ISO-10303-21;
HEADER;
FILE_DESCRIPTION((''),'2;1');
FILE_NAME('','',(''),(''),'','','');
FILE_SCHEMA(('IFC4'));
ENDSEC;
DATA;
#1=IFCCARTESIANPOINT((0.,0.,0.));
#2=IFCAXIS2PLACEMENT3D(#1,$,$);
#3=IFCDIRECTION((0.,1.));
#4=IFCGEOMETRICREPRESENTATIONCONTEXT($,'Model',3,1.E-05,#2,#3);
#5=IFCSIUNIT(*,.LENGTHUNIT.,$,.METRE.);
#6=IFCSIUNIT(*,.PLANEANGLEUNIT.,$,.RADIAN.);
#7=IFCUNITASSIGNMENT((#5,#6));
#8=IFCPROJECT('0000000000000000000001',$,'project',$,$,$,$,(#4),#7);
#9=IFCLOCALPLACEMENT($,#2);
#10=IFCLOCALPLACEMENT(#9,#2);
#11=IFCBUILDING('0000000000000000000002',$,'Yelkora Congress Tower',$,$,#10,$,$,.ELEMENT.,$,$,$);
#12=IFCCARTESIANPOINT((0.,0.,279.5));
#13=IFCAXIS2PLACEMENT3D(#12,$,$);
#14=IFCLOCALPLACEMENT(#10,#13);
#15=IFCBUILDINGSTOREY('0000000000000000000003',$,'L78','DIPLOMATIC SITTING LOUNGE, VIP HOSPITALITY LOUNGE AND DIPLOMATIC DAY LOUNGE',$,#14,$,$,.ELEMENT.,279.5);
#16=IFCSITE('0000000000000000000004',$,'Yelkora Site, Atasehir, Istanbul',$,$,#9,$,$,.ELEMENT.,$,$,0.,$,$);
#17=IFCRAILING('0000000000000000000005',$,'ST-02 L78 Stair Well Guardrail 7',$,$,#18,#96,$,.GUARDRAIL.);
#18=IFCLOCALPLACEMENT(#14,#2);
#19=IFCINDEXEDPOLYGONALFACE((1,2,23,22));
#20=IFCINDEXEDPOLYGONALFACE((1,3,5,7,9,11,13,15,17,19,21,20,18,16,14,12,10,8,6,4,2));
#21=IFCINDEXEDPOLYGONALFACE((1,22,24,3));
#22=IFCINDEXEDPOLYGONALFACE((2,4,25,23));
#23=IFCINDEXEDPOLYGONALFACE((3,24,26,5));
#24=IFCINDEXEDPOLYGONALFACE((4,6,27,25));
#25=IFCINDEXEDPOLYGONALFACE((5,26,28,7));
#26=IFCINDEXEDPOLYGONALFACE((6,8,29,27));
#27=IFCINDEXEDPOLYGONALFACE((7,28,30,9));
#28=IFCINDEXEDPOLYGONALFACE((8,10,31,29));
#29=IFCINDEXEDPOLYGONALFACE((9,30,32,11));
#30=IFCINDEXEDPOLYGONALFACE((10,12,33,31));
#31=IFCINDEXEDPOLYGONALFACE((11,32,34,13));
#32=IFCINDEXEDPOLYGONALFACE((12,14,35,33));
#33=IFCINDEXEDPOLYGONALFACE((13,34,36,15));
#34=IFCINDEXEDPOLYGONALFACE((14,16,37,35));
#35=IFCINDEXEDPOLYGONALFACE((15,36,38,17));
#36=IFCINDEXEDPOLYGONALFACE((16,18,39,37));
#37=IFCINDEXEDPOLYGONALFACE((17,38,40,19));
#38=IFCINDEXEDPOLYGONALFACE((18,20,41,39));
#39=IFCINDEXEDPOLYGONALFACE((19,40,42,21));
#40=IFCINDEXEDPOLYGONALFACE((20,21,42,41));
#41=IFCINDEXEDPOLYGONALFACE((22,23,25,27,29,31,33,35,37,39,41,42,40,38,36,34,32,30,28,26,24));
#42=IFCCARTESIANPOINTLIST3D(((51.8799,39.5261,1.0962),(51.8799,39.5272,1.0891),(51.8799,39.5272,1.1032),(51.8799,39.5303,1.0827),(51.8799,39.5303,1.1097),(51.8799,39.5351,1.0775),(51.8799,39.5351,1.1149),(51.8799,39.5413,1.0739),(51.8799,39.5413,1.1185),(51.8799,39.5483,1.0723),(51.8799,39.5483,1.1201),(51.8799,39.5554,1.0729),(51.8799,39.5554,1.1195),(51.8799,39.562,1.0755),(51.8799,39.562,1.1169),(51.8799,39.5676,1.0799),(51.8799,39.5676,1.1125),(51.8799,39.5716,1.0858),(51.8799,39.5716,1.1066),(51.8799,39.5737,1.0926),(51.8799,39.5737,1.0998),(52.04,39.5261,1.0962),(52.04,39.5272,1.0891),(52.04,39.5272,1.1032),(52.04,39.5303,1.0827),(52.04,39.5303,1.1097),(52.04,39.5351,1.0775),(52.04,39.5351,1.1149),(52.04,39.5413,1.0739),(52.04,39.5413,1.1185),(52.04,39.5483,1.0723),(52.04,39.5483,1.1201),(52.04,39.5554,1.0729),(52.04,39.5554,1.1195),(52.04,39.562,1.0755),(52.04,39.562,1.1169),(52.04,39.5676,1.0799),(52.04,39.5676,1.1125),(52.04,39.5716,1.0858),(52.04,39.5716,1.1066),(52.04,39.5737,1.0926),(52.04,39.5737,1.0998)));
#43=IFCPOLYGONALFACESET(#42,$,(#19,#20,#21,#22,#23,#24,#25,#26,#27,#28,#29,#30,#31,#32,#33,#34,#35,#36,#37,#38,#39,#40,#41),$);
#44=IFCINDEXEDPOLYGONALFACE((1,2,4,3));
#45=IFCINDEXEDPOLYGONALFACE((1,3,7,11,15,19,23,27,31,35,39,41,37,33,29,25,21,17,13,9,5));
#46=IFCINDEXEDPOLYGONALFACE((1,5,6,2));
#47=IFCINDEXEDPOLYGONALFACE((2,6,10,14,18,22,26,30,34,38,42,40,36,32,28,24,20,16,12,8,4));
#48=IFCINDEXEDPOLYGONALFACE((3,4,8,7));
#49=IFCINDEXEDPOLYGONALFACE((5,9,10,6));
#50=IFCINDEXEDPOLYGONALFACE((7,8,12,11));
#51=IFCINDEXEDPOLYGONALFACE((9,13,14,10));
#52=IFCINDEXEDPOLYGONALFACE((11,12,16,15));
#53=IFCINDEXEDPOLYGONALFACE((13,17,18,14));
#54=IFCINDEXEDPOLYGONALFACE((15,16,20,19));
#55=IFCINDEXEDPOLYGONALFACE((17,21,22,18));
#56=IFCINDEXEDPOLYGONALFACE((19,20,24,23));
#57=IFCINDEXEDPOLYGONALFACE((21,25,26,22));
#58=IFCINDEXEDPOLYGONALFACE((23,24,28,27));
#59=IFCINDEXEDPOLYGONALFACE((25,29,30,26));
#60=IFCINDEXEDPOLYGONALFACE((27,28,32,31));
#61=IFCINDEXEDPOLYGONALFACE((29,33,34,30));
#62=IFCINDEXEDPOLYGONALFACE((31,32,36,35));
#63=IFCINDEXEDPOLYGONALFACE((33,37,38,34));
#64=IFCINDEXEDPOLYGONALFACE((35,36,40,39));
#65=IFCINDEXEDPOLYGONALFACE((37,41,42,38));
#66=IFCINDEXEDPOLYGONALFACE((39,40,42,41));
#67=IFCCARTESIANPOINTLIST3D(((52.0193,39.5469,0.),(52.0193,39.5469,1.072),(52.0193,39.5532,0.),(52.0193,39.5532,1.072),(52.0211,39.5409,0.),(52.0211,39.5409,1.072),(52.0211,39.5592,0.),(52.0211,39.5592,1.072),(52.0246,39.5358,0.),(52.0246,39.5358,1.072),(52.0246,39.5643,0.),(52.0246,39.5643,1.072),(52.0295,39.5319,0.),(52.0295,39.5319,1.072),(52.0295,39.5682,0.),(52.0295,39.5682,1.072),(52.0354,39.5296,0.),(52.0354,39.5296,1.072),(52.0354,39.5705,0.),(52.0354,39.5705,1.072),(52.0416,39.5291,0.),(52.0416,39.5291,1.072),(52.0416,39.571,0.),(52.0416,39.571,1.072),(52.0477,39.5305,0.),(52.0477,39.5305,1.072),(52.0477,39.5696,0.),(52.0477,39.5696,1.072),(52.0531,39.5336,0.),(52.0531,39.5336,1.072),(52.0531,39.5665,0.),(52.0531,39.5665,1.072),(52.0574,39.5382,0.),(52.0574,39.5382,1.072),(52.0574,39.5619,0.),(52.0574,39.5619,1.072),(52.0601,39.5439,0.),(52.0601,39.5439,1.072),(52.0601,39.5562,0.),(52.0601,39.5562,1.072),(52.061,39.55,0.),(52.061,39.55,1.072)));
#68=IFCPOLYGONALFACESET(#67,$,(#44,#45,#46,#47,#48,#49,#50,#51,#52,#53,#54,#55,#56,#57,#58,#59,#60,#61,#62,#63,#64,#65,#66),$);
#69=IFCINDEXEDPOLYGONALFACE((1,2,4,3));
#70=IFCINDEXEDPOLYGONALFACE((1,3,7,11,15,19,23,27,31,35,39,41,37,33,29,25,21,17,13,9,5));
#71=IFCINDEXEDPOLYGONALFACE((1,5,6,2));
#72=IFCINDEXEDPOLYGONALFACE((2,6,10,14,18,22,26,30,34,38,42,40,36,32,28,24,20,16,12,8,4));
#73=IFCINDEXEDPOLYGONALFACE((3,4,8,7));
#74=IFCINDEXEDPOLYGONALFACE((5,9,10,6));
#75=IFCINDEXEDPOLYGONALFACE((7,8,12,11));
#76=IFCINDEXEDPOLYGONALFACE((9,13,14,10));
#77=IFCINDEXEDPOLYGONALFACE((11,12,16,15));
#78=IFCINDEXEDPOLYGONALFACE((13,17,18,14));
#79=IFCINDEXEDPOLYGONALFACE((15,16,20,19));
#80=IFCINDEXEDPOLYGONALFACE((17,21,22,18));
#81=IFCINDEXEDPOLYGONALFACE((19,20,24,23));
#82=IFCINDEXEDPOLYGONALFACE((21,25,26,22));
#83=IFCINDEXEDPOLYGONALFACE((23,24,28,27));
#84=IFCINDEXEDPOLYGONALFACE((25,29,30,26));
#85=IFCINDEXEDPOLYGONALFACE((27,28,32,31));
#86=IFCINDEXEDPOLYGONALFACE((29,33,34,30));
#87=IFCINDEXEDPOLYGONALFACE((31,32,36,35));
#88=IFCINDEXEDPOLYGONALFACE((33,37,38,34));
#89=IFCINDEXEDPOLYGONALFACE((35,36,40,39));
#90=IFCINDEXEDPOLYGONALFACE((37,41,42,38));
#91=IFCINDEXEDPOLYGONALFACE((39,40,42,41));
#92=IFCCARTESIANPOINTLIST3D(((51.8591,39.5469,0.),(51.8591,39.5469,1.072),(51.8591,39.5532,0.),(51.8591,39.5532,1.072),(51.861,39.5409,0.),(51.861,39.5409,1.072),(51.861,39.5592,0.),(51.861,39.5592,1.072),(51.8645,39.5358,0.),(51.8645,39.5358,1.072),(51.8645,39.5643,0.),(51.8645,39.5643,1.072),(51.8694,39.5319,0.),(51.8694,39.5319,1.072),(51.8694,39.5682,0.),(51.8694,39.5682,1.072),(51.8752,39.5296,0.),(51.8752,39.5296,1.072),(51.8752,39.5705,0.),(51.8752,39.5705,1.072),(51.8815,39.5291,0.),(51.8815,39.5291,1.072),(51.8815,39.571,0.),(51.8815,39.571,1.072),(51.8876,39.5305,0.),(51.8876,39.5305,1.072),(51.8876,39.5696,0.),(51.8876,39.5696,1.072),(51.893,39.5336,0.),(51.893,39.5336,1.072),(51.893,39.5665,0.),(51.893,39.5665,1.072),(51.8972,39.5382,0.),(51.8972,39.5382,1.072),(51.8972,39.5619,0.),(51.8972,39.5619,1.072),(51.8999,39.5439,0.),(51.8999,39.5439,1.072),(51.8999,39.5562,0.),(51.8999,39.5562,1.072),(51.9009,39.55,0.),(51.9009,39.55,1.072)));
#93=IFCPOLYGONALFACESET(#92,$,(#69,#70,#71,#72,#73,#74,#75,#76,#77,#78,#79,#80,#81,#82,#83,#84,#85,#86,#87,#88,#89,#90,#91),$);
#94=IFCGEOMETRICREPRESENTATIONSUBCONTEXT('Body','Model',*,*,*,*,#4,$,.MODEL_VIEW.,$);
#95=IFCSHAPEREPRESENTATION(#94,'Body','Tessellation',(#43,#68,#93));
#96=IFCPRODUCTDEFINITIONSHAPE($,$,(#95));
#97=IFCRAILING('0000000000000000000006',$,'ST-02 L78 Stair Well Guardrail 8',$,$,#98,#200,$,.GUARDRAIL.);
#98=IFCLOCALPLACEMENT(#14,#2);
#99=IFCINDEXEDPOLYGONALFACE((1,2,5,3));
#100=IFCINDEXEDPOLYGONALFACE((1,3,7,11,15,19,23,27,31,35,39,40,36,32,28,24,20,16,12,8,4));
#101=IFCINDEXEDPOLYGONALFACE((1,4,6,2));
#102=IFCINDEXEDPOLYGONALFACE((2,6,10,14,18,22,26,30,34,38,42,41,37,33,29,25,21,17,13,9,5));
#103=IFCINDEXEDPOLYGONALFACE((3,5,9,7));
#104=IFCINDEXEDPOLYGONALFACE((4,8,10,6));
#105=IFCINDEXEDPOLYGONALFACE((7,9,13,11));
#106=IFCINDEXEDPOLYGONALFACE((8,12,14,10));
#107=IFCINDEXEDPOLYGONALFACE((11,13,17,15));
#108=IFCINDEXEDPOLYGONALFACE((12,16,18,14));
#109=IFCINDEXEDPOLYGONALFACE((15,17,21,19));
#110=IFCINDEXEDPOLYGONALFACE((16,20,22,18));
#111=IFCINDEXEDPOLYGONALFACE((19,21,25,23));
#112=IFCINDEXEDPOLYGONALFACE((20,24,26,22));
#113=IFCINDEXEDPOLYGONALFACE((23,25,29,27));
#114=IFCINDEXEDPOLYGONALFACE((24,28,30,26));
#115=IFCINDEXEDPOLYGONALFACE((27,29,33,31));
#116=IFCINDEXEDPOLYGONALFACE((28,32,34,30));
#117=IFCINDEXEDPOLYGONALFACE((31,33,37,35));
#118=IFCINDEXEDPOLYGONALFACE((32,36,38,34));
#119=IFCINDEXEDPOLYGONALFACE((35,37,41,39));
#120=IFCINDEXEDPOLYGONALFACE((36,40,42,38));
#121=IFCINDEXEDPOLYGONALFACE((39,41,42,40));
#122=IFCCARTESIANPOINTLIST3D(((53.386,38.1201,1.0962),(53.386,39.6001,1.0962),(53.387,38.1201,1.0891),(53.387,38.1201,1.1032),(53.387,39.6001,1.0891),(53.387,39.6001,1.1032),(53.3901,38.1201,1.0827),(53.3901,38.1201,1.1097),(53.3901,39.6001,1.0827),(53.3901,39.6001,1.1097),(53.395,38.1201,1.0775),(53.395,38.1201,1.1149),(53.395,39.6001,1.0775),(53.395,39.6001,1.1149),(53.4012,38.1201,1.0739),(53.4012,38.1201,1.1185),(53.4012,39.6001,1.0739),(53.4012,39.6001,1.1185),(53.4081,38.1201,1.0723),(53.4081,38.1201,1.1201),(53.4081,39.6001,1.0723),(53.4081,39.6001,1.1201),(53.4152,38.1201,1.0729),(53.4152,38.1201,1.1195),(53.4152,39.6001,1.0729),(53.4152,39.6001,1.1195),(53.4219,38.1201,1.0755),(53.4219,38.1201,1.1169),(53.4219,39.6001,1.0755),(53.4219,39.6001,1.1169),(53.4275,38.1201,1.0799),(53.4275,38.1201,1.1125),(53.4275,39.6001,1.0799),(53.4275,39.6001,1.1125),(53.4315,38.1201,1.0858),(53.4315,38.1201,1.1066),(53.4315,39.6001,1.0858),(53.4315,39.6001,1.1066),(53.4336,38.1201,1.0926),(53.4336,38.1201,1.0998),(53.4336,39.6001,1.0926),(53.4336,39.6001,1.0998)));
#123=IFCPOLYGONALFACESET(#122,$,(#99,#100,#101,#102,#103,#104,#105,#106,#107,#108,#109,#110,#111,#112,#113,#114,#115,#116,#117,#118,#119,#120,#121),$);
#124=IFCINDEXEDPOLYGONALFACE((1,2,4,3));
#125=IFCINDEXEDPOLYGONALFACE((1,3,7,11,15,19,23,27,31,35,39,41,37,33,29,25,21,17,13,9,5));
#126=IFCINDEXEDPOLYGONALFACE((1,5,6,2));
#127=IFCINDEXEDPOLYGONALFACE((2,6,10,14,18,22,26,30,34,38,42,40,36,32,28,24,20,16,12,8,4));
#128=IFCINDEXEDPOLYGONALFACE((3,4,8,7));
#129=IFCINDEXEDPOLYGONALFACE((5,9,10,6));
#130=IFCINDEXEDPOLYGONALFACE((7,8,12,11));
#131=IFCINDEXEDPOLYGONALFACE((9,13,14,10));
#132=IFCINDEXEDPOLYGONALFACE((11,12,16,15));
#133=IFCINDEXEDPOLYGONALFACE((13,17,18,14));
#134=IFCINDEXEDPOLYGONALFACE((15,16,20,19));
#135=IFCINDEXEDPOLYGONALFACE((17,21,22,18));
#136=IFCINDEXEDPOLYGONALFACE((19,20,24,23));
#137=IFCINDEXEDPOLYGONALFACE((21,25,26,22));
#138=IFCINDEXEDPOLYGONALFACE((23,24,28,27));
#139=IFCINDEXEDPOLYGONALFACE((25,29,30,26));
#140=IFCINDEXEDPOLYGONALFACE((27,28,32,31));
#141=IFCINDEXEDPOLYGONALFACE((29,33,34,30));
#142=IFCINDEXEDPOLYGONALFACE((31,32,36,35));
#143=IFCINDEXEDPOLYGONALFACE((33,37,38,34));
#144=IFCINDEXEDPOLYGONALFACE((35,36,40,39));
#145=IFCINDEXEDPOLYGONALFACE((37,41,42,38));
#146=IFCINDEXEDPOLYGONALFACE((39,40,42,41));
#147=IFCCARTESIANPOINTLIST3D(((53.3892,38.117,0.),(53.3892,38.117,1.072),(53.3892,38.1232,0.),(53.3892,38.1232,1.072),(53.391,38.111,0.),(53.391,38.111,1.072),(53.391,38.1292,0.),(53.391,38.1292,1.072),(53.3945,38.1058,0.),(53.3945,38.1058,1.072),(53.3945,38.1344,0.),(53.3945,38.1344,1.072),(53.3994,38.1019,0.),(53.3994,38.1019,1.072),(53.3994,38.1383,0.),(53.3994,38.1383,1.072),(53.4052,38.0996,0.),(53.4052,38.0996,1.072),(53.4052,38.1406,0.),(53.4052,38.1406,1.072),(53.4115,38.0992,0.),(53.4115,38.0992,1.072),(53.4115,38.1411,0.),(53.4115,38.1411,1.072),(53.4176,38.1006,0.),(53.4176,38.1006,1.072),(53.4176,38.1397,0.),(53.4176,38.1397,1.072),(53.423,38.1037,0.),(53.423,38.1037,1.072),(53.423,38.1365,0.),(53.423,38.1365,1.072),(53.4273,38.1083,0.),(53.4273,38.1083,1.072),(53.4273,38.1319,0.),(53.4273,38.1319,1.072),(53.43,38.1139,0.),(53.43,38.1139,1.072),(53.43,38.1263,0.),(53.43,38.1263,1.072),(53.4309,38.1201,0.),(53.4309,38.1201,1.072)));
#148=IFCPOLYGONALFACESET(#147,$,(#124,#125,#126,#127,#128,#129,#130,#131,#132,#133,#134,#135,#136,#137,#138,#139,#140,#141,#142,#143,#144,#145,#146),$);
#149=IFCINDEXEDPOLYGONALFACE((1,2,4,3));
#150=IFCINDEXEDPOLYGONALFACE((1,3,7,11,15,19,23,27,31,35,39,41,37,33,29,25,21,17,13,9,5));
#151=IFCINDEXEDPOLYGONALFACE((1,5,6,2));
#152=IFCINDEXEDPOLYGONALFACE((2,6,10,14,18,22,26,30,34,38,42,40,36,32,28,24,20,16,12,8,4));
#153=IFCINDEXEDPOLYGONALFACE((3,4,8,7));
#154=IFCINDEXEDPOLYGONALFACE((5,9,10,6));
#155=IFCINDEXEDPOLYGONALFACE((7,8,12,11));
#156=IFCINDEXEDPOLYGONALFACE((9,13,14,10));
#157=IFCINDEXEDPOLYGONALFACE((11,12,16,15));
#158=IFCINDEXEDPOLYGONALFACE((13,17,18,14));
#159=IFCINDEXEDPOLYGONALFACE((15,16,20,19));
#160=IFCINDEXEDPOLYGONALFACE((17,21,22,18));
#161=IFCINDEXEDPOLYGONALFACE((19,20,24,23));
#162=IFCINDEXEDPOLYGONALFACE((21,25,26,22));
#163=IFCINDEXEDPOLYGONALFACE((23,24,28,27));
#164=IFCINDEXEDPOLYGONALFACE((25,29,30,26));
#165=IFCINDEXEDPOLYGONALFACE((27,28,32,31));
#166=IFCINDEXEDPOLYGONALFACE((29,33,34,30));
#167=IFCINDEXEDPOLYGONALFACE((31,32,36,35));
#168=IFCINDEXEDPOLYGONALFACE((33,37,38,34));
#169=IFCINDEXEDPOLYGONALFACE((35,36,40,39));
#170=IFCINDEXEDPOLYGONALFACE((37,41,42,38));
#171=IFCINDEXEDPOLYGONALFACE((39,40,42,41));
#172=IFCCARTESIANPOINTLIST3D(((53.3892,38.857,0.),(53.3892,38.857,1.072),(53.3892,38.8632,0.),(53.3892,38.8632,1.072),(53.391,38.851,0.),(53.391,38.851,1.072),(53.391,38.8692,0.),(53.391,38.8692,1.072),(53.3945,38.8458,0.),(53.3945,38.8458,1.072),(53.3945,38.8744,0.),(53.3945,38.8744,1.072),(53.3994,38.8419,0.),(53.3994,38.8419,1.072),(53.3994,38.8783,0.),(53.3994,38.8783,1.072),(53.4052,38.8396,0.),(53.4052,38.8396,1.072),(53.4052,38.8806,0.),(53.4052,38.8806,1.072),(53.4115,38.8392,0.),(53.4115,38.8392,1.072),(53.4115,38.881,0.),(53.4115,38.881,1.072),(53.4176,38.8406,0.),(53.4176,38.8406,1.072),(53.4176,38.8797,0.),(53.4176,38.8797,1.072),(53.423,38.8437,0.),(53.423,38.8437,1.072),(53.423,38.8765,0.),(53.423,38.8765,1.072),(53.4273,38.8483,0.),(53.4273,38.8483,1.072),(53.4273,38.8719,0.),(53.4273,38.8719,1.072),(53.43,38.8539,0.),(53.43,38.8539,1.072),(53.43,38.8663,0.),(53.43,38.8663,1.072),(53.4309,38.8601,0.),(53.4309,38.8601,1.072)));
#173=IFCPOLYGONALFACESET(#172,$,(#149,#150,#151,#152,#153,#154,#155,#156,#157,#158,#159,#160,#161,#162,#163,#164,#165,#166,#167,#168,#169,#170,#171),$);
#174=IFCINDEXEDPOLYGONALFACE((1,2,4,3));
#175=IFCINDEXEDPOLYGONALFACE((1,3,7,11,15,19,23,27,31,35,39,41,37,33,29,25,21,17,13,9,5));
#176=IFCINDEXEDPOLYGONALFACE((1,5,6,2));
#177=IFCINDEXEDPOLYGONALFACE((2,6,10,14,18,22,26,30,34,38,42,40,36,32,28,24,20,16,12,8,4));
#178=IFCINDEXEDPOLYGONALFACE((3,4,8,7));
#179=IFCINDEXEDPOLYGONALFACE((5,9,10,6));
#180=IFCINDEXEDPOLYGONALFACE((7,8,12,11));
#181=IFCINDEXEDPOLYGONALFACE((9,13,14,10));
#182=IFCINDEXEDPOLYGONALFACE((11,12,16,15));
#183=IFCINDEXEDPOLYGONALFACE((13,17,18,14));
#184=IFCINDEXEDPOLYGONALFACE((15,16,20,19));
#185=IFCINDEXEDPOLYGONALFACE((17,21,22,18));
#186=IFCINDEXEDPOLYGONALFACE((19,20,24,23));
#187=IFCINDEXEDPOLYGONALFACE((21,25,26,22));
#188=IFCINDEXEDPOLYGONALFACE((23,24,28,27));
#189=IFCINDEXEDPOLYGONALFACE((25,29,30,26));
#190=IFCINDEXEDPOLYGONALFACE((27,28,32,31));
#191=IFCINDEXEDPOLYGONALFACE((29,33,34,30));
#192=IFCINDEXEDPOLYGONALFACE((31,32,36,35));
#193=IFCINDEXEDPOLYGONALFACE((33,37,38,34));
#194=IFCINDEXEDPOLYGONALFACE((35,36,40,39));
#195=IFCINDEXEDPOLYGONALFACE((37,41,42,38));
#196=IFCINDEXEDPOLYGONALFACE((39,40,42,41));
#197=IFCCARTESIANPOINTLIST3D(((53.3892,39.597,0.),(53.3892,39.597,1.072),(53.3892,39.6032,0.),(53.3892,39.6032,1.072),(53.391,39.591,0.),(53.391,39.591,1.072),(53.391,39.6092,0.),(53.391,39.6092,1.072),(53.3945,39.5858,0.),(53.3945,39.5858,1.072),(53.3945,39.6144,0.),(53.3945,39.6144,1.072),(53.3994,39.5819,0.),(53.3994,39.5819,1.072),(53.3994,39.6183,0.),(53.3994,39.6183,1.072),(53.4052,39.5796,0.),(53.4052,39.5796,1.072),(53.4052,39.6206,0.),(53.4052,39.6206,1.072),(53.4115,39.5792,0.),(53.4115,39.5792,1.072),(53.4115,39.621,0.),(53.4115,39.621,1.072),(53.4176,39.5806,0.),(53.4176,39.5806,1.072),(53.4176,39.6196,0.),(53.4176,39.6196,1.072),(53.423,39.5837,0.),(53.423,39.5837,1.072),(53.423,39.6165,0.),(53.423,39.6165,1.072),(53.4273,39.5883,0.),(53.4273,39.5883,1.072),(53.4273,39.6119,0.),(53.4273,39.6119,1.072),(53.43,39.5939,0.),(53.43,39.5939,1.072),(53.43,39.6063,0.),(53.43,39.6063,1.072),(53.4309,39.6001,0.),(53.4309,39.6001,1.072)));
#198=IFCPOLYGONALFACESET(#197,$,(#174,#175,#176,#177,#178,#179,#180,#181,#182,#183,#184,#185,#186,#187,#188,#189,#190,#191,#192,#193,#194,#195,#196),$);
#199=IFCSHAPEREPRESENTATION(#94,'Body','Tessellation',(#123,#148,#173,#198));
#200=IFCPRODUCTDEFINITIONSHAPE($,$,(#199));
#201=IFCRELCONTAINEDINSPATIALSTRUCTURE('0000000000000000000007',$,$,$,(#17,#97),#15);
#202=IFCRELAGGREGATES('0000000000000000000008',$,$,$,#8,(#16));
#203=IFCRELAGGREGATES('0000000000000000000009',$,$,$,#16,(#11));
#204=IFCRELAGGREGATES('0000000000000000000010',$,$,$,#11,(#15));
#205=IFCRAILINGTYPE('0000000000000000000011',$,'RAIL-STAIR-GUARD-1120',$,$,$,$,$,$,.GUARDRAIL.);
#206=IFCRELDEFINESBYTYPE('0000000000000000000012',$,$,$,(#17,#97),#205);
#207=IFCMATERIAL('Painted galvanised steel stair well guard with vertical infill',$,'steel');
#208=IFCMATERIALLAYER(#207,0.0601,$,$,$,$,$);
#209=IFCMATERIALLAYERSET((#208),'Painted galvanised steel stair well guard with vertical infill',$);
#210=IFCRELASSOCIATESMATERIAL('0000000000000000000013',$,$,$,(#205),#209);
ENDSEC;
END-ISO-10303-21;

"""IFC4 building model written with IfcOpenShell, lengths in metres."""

from ifc_helpers import new_model, si_unit, direction, frame, origin, origin_2d, place, context, subcontext, project, spatial, circle, extrude, material, layer, layer_set, type_object, element, save


model = new_model("IFC4")

# Units and contexts
model_context = context("Model", 3, precision=1e-05, world=origin(), true_north=direction((0.0, 1.0)))
body_context = subcontext(model_context, "Body", "Model", "MODEL_VIEW")
ifc_project = project(units=[si_unit("LENGTHUNIT", "METRE"), si_unit("PLANEANGLEUNIT", "RADIAN")], contexts=[model_context])

# Site, building, storey
site_placement = place(None, origin())
site = spatial("IfcSite", under=ifc_project, at=site_placement, Name="Yelkora Site, Atasehir, Istanbul", CompositionType="ELEMENT", RefElevation=0.0)
building_placement = place(site_placement, origin())
building = spatial("IfcBuilding", under=site, at=building_placement, Name="Yelkora Congress Tower", CompositionType="ELEMENT")
storey_placement = place(building_placement, frame((0.0, 0.0, 279.5)))
storey = spatial("IfcBuildingStorey", under=building, at=storey_placement, Name="L78", Description="DIPLOMATIC SITTING LOUNGE, VIP HOSPITALITY LOUNGE AND DIPLOMATIC DAY LOUNGE", CompositionType="ELEMENT", Elevation=279.5)

# Railings
ifc_material_1 = material(Name="Painted galvanised steel stair well guard with vertical infill", Category="steel")
ifc_layer_1 = layer(ifc_material_1, 0.0601)
ifc_layer_set_1 = layer_set([ifc_layer_1], Name="Painted galvanised steel stair well guard with vertical infill")
railing_type_1 = type_object("IfcRailingType", Name="RAIL-STAIR-GUARD-1120", PredefinedType="GUARDRAIL", material=ifc_layer_set_1)
railing_1_placement = place(storey_placement, frame((52.04, 39.55, 0.0)))
element("IfcRailing", 1, at=railing_1_placement, inside=storey, type_object=railing_type_1, Name="ST-02 L78 Stair Well Guardrail 7", PredefinedType="GUARDRAIL", context=body_context, shape_type="SweptSolid", body=[
    extrude(circle(Radius=0.0239, at=origin_2d()), frame((0.0, 0.0, 1.0962), z_axis=(-1.0, 0.0, 0.0), x_axis=(0.0, -1.0, 0.0)), (0.0, 0.0, 1.0), 0.1602),
    extrude(circle(Radius=0.021, at=origin_2d()), origin(), (0.0, 0.0, 1.0), 1.072),
    extrude(circle(Radius=0.021, at=origin_2d()), frame((-0.1602, 0.0, 0.0)), (0.0, 0.0, 1.0), 1.072),
])
for number, where, name in (
    (2, (53.4099, 38.1201, 0.0), "ST-02 L78 Stair Well Guardrail 8"),
):
    element("IfcRailing", number, at=place(storey_placement, frame(where)), inside=storey, type_object=railing_type_1, Name=name, PredefinedType="GUARDRAIL", context=body_context, shape_type="SweptSolid", body=[
        extrude(circle(Radius=0.0239, at=origin_2d()), frame((0.0, 0.0, 1.0962), z_axis=(0.0, 1.0, 0.0), x_axis=(-1.0, 0.0, 0.0)), (0.0, 0.0, 1.0), 1.48),
        extrude(circle(Radius=0.021, at=origin_2d()), origin(), (0.0, 0.0, 1.0), 1.072),
        extrude(circle(Radius=0.021, at=origin_2d()), frame((0.0, 0.74, 0.0)), (0.0, 0.0, 1.0), 1.072),
        extrude(circle(Radius=0.021, at=origin_2d()), frame((0.0, 1.48, 0.0)), (0.0, 0.0, 1.0), 1.072),
    ])

save(model, "model.ifc")
